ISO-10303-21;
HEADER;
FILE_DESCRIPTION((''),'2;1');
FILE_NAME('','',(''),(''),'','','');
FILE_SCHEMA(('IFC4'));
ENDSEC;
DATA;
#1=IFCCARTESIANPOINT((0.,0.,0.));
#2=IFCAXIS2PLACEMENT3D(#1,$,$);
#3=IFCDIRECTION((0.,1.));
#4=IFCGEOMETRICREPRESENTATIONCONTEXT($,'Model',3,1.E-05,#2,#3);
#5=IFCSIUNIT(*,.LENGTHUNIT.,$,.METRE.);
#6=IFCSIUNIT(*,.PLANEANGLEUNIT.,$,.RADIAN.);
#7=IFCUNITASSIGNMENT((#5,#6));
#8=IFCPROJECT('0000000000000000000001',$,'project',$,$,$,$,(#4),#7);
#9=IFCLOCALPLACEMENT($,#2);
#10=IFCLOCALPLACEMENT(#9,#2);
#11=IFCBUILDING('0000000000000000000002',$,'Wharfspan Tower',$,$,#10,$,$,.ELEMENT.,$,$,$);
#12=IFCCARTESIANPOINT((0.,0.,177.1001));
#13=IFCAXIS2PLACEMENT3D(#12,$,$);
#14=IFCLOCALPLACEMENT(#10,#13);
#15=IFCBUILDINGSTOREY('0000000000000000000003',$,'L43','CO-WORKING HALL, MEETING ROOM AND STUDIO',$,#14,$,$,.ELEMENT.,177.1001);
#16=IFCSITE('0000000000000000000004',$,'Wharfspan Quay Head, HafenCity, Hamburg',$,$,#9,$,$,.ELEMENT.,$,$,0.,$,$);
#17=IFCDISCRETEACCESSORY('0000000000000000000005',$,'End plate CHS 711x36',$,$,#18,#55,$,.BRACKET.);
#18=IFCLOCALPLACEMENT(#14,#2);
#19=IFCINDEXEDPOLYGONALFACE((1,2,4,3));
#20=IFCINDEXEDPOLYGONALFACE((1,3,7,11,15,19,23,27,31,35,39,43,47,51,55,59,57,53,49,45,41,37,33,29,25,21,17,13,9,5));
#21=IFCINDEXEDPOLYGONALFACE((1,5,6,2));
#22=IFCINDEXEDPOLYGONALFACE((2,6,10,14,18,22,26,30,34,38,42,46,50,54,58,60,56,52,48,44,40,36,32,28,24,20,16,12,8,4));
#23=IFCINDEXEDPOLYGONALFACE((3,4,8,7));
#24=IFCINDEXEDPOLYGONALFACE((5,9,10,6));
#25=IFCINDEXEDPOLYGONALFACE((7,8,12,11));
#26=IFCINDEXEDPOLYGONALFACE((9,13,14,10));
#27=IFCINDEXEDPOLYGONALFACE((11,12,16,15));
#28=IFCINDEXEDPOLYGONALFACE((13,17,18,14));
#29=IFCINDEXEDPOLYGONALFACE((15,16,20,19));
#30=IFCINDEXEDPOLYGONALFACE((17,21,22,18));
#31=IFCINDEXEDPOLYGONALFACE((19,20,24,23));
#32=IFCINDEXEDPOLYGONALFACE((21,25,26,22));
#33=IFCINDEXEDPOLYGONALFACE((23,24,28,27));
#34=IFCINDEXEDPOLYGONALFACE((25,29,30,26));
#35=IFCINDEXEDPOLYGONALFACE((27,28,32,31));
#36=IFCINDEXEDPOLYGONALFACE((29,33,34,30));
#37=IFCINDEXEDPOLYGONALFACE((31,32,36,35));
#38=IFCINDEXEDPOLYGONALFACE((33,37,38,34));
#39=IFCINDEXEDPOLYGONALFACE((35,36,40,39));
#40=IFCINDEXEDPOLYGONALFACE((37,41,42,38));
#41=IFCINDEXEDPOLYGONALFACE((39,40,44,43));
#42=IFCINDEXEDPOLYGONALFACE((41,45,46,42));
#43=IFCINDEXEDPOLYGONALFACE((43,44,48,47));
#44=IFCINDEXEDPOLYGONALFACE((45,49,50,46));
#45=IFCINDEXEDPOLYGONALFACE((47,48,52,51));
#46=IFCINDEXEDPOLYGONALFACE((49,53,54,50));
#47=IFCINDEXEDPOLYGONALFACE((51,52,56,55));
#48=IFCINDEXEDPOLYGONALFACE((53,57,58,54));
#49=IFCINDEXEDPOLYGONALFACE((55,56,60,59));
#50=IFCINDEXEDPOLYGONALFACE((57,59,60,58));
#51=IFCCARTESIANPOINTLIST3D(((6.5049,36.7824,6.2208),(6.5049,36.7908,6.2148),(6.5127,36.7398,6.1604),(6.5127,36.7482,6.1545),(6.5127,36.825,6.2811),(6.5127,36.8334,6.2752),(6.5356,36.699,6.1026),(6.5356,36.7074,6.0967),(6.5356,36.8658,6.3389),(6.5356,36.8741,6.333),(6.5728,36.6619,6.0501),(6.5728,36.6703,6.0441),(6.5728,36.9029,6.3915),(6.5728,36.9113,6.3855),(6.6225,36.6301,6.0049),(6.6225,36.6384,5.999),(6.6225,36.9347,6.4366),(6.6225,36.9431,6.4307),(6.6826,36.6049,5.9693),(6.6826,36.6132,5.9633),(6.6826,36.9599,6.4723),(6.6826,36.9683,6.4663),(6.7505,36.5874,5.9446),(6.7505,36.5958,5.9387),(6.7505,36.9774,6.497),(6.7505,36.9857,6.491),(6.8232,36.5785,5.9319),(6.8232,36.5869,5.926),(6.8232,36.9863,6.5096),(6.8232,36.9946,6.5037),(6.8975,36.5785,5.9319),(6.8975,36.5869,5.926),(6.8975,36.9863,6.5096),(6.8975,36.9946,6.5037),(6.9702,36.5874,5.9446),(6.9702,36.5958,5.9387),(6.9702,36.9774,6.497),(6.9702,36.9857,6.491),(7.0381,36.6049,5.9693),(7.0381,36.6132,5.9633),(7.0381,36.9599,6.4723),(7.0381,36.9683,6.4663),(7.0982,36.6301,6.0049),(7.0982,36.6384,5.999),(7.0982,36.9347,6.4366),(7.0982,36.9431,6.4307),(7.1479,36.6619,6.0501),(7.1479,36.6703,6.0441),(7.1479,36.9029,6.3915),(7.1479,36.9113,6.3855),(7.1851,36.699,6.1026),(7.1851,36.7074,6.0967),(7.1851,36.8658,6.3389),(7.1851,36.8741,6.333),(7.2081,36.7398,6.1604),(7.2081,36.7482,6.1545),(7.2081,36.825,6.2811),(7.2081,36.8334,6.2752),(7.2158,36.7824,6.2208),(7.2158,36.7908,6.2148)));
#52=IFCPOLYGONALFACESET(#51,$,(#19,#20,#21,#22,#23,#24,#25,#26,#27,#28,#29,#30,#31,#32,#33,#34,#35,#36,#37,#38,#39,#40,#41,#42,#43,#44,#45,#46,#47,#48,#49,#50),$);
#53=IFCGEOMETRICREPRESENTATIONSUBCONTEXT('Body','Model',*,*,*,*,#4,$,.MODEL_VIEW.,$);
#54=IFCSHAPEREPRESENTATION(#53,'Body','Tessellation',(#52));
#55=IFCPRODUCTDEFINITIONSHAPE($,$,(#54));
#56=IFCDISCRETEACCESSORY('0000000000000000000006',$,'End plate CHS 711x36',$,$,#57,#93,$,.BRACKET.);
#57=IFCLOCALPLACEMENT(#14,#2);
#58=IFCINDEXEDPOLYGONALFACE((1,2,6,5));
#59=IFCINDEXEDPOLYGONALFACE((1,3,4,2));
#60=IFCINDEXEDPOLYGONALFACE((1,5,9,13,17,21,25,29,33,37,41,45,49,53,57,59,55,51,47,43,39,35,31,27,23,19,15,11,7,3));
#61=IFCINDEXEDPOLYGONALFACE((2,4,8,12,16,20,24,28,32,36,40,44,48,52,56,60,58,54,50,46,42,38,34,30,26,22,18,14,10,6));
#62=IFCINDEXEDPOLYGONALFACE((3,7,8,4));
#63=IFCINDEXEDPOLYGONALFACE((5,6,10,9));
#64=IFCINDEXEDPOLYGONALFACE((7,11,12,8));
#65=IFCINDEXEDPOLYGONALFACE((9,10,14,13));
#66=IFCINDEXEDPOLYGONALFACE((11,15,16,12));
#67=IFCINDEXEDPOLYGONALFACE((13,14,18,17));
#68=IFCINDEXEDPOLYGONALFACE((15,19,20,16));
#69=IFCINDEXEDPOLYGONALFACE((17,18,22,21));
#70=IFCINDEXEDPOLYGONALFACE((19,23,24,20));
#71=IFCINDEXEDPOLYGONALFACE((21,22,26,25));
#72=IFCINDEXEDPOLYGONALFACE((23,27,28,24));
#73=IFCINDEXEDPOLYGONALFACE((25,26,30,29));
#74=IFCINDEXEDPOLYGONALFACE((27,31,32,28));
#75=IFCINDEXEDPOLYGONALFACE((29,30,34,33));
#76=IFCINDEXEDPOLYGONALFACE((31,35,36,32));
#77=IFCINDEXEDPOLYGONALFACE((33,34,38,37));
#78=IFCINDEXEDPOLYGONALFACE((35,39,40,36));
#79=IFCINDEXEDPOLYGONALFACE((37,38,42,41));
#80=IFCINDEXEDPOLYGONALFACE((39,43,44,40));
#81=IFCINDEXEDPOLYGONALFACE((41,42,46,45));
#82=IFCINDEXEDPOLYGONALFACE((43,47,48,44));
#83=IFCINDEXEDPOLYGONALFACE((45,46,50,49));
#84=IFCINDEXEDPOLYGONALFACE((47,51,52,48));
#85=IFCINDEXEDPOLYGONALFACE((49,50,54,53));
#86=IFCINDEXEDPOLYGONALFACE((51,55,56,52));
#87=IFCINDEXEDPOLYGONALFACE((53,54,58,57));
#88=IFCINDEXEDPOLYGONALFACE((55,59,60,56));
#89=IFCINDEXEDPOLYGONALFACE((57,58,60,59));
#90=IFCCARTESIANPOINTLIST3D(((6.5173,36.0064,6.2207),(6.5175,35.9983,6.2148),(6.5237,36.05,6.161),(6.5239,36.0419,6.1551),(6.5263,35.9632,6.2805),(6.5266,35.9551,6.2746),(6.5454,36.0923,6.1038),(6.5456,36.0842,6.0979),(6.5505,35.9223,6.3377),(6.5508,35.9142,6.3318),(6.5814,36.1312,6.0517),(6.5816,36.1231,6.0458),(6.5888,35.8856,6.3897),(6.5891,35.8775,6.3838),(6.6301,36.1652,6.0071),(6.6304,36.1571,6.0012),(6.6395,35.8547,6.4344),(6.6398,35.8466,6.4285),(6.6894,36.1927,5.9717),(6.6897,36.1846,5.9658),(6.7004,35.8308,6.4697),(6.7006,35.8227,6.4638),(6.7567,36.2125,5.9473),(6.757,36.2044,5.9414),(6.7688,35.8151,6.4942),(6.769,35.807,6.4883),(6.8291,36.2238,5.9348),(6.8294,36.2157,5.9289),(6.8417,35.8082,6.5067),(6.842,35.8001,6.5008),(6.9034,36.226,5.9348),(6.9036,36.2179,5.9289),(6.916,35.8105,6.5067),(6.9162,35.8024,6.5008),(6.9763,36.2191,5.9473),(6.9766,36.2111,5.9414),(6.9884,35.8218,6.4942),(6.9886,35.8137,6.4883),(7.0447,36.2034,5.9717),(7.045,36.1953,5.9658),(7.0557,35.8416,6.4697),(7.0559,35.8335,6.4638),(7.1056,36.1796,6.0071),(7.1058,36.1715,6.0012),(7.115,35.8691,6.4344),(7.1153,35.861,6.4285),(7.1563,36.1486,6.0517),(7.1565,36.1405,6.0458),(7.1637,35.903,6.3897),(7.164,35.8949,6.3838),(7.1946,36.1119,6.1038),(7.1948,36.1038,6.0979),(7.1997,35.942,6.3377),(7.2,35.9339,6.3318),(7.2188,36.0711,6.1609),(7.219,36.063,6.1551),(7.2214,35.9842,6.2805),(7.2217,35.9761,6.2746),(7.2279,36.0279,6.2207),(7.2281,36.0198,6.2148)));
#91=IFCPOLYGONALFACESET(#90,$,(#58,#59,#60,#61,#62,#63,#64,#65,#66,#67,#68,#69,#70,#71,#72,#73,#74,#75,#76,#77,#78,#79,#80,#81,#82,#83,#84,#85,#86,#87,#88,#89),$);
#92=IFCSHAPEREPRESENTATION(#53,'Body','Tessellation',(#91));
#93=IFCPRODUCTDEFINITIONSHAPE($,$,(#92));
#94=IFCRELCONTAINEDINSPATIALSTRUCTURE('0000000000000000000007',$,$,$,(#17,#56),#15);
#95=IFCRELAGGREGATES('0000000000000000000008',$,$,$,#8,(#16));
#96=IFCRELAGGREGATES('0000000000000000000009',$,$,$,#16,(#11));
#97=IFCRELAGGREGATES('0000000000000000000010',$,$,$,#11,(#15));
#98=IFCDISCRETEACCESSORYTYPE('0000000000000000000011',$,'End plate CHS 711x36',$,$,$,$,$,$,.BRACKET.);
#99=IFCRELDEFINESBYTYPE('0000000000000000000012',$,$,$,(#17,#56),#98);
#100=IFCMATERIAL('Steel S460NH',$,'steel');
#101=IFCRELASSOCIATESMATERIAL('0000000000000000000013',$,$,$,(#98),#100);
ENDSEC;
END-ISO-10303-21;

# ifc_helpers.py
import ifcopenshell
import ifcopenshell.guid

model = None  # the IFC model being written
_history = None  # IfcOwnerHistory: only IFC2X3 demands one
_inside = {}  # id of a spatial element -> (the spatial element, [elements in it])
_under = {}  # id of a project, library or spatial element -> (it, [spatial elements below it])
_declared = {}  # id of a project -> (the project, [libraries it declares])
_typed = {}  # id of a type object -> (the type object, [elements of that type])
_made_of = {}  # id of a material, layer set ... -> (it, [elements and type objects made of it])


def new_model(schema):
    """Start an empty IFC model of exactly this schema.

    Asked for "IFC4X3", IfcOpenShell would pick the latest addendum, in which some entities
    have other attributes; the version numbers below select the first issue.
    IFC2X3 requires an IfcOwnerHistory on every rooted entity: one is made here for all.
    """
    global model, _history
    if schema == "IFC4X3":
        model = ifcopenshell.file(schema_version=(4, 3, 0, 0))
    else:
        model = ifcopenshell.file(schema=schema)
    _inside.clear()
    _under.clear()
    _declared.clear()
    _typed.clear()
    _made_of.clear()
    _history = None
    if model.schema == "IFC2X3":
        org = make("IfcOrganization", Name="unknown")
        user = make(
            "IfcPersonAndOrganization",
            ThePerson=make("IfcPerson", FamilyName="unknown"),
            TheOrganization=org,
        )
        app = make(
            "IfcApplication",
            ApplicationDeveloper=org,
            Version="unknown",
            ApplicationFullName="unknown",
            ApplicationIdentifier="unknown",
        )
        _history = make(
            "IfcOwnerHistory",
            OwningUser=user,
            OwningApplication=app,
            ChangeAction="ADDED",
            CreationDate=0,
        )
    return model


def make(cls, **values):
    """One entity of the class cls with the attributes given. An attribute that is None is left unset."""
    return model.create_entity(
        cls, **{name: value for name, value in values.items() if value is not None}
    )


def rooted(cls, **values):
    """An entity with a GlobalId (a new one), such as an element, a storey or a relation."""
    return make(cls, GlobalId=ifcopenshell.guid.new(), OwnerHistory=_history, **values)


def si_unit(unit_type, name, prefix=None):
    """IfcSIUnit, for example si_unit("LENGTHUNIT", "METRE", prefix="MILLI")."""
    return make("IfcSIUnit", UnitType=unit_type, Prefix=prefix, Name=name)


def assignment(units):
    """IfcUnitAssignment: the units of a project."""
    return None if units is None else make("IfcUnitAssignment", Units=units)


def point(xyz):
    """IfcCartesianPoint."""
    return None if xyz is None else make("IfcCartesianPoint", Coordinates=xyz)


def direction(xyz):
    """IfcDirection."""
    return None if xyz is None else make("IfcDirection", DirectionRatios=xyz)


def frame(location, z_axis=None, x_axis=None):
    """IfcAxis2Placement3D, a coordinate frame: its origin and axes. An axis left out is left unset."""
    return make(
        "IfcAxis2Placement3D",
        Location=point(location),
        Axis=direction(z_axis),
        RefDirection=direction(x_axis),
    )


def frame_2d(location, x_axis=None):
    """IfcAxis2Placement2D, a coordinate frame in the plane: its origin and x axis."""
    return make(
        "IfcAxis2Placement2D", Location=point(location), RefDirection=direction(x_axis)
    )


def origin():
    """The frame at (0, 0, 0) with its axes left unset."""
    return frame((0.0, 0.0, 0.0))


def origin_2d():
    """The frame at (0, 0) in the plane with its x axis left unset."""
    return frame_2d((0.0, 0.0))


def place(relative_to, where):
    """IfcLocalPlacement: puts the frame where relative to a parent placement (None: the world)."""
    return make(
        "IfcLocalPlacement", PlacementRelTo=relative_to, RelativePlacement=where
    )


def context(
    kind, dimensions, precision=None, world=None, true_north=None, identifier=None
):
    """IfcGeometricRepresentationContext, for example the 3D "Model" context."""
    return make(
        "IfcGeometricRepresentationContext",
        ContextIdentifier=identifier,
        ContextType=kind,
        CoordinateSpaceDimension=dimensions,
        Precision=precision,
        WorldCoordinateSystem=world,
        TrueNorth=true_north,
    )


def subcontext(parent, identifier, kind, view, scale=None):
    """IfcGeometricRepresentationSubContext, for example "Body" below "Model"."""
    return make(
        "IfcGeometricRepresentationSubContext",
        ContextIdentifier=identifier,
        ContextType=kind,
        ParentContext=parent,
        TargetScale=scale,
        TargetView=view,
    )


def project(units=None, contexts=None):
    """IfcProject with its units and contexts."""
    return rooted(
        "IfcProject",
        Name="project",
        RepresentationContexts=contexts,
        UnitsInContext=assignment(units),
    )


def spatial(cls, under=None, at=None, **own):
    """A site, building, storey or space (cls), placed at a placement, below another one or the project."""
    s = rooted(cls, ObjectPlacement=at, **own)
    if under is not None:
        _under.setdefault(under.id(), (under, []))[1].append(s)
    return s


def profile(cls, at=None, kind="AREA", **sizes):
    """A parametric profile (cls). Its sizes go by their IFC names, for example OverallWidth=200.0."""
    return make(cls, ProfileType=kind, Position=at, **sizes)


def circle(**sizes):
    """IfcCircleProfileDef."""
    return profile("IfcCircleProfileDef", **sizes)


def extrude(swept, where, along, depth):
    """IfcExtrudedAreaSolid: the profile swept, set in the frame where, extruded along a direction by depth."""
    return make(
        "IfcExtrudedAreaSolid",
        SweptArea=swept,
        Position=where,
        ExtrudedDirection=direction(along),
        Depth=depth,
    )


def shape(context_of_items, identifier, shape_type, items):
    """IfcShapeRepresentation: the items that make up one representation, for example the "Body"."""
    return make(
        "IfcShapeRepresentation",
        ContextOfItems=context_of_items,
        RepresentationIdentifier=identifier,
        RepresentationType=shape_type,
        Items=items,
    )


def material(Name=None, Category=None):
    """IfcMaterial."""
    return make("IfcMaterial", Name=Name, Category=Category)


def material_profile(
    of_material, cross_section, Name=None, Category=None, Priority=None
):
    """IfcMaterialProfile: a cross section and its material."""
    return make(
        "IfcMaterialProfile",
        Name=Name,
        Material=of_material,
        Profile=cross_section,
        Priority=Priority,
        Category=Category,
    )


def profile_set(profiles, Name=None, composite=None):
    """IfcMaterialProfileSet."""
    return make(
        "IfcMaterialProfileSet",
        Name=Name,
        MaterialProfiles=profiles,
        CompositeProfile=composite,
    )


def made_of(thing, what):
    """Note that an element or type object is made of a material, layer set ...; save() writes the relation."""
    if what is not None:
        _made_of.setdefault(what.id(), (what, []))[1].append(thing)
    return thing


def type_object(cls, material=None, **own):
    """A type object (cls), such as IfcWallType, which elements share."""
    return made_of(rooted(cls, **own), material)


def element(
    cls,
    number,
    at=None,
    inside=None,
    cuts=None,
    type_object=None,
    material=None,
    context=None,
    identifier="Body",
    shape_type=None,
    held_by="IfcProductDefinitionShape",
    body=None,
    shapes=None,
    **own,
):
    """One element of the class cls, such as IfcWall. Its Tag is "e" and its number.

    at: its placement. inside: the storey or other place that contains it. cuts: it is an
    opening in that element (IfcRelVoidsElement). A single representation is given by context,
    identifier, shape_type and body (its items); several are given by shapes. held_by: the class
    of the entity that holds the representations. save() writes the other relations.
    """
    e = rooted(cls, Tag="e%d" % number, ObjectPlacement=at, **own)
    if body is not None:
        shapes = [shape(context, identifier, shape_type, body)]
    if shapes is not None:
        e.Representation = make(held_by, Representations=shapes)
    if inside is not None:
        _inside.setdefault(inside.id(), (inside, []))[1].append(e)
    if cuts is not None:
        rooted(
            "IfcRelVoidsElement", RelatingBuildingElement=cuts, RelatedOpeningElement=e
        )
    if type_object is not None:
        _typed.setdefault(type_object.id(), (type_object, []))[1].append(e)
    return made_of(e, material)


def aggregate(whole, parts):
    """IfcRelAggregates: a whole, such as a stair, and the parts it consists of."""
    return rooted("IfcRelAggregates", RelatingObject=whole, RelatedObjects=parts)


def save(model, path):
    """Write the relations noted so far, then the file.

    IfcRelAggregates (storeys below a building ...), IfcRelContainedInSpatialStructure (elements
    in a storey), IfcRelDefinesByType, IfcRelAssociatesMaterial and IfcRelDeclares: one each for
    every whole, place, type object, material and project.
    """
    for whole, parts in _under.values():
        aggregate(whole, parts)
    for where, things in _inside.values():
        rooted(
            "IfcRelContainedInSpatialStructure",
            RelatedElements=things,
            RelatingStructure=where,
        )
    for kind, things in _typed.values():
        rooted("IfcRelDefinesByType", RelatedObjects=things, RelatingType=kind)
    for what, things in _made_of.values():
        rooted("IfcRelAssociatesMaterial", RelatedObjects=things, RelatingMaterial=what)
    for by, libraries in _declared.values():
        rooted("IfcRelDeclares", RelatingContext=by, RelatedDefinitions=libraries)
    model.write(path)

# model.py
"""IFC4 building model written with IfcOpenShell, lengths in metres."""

from ifc_helpers import new_model, si_unit, direction, frame, origin, origin_2d, place, context, subcontext, project, spatial, circle, extrude, material, material_profile, profile_set, type_object, element, save


model = new_model("IFC4")

# Units and contexts
model_context = context("Model", 3, precision=1e-05, world=origin(), true_north=direction((0.0, 1.0)))
body_context = subcontext(model_context, "Body", "Model", "MODEL_VIEW")
ifc_project = project(units=[si_unit("LENGTHUNIT", "METRE"), si_unit("PLANEANGLEUNIT", "RADIAN")], contexts=[model_context])

# Site, building, storey
site_placement = place(None, origin())
site = spatial("IfcSite", under=ifc_project, at=site_placement, Name="Wharfspan Quay Head, HafenCity, Hamburg", CompositionType="ELEMENT", RefElevation=0.0)
building_placement = place(site_placement, origin())
building = spatial("IfcBuilding", under=site, at=building_placement, Name="Wharfspan Tower", CompositionType="ELEMENT")
storey_placement = place(building_placement, frame((0.0, 0.0, 177.1001)))
storey = spatial("IfcBuildingStorey", under=building, at=storey_placement, Name="L43", Description="CO-WORKING HALL, MEETING ROOM AND STUDIO", CompositionType="ELEMENT", Elevation=177.1001)

# Shared definitions
ifc_material_1 = material(Name="Steel S460NH", Category="steel")

# Discrete accessories
ifc_material_profile_1 = material_profile(ifc_material_1, circle(Radius=0.3555, at=origin_2d()))
ifc_profile_set_1 = profile_set([ifc_material_profile_1], Name="Steel S460NH")
discrete_accessory_type = type_object("IfcDiscreteAccessoryType", Name="End plate CHS 711x36", PredefinedType="BRACKET", material=ifc_profile_set_1)
discrete_accessory_1_placement = place(storey_placement, frame((6.8604, 36.7908, 6.2148), z_axis=(0.0, -0.816968, 0.576683), x_axis=(1.0, 0.0, 0.0)))
element("IfcDiscreteAccessory", 1, at=discrete_accessory_1_placement, inside=storey, type_object=discrete_accessory_type, Name="End plate CHS 711x36", PredefinedType="BRACKET", context=body_context, shape_type="SweptSolid", body=[
    extrude(circle(Radius=0.3555, at=origin_2d()), origin(), (0.0, 0.0, 1.0), 0.0103),
])
discrete_accessory_2_placement = place(storey_placement, frame((6.8728, 36.009, 6.2148), z_axis=(-0.0245, 0.808493, 0.587995), x_axis=(-0.999537, -0.03029, 0.000001)))
element("IfcDiscreteAccessory", 2, at=discrete_accessory_2_placement, inside=storey, type_object=discrete_accessory_type, Name="End plate CHS 711x36", PredefinedType="BRACKET", context=body_context, shape_type="SweptSolid", body=[
    extrude(circle(Radius=0.3555, at=origin_2d()), origin(), (0.0, 0.0, 1.0), 0.01),
])

save(model, "model.ifc")
